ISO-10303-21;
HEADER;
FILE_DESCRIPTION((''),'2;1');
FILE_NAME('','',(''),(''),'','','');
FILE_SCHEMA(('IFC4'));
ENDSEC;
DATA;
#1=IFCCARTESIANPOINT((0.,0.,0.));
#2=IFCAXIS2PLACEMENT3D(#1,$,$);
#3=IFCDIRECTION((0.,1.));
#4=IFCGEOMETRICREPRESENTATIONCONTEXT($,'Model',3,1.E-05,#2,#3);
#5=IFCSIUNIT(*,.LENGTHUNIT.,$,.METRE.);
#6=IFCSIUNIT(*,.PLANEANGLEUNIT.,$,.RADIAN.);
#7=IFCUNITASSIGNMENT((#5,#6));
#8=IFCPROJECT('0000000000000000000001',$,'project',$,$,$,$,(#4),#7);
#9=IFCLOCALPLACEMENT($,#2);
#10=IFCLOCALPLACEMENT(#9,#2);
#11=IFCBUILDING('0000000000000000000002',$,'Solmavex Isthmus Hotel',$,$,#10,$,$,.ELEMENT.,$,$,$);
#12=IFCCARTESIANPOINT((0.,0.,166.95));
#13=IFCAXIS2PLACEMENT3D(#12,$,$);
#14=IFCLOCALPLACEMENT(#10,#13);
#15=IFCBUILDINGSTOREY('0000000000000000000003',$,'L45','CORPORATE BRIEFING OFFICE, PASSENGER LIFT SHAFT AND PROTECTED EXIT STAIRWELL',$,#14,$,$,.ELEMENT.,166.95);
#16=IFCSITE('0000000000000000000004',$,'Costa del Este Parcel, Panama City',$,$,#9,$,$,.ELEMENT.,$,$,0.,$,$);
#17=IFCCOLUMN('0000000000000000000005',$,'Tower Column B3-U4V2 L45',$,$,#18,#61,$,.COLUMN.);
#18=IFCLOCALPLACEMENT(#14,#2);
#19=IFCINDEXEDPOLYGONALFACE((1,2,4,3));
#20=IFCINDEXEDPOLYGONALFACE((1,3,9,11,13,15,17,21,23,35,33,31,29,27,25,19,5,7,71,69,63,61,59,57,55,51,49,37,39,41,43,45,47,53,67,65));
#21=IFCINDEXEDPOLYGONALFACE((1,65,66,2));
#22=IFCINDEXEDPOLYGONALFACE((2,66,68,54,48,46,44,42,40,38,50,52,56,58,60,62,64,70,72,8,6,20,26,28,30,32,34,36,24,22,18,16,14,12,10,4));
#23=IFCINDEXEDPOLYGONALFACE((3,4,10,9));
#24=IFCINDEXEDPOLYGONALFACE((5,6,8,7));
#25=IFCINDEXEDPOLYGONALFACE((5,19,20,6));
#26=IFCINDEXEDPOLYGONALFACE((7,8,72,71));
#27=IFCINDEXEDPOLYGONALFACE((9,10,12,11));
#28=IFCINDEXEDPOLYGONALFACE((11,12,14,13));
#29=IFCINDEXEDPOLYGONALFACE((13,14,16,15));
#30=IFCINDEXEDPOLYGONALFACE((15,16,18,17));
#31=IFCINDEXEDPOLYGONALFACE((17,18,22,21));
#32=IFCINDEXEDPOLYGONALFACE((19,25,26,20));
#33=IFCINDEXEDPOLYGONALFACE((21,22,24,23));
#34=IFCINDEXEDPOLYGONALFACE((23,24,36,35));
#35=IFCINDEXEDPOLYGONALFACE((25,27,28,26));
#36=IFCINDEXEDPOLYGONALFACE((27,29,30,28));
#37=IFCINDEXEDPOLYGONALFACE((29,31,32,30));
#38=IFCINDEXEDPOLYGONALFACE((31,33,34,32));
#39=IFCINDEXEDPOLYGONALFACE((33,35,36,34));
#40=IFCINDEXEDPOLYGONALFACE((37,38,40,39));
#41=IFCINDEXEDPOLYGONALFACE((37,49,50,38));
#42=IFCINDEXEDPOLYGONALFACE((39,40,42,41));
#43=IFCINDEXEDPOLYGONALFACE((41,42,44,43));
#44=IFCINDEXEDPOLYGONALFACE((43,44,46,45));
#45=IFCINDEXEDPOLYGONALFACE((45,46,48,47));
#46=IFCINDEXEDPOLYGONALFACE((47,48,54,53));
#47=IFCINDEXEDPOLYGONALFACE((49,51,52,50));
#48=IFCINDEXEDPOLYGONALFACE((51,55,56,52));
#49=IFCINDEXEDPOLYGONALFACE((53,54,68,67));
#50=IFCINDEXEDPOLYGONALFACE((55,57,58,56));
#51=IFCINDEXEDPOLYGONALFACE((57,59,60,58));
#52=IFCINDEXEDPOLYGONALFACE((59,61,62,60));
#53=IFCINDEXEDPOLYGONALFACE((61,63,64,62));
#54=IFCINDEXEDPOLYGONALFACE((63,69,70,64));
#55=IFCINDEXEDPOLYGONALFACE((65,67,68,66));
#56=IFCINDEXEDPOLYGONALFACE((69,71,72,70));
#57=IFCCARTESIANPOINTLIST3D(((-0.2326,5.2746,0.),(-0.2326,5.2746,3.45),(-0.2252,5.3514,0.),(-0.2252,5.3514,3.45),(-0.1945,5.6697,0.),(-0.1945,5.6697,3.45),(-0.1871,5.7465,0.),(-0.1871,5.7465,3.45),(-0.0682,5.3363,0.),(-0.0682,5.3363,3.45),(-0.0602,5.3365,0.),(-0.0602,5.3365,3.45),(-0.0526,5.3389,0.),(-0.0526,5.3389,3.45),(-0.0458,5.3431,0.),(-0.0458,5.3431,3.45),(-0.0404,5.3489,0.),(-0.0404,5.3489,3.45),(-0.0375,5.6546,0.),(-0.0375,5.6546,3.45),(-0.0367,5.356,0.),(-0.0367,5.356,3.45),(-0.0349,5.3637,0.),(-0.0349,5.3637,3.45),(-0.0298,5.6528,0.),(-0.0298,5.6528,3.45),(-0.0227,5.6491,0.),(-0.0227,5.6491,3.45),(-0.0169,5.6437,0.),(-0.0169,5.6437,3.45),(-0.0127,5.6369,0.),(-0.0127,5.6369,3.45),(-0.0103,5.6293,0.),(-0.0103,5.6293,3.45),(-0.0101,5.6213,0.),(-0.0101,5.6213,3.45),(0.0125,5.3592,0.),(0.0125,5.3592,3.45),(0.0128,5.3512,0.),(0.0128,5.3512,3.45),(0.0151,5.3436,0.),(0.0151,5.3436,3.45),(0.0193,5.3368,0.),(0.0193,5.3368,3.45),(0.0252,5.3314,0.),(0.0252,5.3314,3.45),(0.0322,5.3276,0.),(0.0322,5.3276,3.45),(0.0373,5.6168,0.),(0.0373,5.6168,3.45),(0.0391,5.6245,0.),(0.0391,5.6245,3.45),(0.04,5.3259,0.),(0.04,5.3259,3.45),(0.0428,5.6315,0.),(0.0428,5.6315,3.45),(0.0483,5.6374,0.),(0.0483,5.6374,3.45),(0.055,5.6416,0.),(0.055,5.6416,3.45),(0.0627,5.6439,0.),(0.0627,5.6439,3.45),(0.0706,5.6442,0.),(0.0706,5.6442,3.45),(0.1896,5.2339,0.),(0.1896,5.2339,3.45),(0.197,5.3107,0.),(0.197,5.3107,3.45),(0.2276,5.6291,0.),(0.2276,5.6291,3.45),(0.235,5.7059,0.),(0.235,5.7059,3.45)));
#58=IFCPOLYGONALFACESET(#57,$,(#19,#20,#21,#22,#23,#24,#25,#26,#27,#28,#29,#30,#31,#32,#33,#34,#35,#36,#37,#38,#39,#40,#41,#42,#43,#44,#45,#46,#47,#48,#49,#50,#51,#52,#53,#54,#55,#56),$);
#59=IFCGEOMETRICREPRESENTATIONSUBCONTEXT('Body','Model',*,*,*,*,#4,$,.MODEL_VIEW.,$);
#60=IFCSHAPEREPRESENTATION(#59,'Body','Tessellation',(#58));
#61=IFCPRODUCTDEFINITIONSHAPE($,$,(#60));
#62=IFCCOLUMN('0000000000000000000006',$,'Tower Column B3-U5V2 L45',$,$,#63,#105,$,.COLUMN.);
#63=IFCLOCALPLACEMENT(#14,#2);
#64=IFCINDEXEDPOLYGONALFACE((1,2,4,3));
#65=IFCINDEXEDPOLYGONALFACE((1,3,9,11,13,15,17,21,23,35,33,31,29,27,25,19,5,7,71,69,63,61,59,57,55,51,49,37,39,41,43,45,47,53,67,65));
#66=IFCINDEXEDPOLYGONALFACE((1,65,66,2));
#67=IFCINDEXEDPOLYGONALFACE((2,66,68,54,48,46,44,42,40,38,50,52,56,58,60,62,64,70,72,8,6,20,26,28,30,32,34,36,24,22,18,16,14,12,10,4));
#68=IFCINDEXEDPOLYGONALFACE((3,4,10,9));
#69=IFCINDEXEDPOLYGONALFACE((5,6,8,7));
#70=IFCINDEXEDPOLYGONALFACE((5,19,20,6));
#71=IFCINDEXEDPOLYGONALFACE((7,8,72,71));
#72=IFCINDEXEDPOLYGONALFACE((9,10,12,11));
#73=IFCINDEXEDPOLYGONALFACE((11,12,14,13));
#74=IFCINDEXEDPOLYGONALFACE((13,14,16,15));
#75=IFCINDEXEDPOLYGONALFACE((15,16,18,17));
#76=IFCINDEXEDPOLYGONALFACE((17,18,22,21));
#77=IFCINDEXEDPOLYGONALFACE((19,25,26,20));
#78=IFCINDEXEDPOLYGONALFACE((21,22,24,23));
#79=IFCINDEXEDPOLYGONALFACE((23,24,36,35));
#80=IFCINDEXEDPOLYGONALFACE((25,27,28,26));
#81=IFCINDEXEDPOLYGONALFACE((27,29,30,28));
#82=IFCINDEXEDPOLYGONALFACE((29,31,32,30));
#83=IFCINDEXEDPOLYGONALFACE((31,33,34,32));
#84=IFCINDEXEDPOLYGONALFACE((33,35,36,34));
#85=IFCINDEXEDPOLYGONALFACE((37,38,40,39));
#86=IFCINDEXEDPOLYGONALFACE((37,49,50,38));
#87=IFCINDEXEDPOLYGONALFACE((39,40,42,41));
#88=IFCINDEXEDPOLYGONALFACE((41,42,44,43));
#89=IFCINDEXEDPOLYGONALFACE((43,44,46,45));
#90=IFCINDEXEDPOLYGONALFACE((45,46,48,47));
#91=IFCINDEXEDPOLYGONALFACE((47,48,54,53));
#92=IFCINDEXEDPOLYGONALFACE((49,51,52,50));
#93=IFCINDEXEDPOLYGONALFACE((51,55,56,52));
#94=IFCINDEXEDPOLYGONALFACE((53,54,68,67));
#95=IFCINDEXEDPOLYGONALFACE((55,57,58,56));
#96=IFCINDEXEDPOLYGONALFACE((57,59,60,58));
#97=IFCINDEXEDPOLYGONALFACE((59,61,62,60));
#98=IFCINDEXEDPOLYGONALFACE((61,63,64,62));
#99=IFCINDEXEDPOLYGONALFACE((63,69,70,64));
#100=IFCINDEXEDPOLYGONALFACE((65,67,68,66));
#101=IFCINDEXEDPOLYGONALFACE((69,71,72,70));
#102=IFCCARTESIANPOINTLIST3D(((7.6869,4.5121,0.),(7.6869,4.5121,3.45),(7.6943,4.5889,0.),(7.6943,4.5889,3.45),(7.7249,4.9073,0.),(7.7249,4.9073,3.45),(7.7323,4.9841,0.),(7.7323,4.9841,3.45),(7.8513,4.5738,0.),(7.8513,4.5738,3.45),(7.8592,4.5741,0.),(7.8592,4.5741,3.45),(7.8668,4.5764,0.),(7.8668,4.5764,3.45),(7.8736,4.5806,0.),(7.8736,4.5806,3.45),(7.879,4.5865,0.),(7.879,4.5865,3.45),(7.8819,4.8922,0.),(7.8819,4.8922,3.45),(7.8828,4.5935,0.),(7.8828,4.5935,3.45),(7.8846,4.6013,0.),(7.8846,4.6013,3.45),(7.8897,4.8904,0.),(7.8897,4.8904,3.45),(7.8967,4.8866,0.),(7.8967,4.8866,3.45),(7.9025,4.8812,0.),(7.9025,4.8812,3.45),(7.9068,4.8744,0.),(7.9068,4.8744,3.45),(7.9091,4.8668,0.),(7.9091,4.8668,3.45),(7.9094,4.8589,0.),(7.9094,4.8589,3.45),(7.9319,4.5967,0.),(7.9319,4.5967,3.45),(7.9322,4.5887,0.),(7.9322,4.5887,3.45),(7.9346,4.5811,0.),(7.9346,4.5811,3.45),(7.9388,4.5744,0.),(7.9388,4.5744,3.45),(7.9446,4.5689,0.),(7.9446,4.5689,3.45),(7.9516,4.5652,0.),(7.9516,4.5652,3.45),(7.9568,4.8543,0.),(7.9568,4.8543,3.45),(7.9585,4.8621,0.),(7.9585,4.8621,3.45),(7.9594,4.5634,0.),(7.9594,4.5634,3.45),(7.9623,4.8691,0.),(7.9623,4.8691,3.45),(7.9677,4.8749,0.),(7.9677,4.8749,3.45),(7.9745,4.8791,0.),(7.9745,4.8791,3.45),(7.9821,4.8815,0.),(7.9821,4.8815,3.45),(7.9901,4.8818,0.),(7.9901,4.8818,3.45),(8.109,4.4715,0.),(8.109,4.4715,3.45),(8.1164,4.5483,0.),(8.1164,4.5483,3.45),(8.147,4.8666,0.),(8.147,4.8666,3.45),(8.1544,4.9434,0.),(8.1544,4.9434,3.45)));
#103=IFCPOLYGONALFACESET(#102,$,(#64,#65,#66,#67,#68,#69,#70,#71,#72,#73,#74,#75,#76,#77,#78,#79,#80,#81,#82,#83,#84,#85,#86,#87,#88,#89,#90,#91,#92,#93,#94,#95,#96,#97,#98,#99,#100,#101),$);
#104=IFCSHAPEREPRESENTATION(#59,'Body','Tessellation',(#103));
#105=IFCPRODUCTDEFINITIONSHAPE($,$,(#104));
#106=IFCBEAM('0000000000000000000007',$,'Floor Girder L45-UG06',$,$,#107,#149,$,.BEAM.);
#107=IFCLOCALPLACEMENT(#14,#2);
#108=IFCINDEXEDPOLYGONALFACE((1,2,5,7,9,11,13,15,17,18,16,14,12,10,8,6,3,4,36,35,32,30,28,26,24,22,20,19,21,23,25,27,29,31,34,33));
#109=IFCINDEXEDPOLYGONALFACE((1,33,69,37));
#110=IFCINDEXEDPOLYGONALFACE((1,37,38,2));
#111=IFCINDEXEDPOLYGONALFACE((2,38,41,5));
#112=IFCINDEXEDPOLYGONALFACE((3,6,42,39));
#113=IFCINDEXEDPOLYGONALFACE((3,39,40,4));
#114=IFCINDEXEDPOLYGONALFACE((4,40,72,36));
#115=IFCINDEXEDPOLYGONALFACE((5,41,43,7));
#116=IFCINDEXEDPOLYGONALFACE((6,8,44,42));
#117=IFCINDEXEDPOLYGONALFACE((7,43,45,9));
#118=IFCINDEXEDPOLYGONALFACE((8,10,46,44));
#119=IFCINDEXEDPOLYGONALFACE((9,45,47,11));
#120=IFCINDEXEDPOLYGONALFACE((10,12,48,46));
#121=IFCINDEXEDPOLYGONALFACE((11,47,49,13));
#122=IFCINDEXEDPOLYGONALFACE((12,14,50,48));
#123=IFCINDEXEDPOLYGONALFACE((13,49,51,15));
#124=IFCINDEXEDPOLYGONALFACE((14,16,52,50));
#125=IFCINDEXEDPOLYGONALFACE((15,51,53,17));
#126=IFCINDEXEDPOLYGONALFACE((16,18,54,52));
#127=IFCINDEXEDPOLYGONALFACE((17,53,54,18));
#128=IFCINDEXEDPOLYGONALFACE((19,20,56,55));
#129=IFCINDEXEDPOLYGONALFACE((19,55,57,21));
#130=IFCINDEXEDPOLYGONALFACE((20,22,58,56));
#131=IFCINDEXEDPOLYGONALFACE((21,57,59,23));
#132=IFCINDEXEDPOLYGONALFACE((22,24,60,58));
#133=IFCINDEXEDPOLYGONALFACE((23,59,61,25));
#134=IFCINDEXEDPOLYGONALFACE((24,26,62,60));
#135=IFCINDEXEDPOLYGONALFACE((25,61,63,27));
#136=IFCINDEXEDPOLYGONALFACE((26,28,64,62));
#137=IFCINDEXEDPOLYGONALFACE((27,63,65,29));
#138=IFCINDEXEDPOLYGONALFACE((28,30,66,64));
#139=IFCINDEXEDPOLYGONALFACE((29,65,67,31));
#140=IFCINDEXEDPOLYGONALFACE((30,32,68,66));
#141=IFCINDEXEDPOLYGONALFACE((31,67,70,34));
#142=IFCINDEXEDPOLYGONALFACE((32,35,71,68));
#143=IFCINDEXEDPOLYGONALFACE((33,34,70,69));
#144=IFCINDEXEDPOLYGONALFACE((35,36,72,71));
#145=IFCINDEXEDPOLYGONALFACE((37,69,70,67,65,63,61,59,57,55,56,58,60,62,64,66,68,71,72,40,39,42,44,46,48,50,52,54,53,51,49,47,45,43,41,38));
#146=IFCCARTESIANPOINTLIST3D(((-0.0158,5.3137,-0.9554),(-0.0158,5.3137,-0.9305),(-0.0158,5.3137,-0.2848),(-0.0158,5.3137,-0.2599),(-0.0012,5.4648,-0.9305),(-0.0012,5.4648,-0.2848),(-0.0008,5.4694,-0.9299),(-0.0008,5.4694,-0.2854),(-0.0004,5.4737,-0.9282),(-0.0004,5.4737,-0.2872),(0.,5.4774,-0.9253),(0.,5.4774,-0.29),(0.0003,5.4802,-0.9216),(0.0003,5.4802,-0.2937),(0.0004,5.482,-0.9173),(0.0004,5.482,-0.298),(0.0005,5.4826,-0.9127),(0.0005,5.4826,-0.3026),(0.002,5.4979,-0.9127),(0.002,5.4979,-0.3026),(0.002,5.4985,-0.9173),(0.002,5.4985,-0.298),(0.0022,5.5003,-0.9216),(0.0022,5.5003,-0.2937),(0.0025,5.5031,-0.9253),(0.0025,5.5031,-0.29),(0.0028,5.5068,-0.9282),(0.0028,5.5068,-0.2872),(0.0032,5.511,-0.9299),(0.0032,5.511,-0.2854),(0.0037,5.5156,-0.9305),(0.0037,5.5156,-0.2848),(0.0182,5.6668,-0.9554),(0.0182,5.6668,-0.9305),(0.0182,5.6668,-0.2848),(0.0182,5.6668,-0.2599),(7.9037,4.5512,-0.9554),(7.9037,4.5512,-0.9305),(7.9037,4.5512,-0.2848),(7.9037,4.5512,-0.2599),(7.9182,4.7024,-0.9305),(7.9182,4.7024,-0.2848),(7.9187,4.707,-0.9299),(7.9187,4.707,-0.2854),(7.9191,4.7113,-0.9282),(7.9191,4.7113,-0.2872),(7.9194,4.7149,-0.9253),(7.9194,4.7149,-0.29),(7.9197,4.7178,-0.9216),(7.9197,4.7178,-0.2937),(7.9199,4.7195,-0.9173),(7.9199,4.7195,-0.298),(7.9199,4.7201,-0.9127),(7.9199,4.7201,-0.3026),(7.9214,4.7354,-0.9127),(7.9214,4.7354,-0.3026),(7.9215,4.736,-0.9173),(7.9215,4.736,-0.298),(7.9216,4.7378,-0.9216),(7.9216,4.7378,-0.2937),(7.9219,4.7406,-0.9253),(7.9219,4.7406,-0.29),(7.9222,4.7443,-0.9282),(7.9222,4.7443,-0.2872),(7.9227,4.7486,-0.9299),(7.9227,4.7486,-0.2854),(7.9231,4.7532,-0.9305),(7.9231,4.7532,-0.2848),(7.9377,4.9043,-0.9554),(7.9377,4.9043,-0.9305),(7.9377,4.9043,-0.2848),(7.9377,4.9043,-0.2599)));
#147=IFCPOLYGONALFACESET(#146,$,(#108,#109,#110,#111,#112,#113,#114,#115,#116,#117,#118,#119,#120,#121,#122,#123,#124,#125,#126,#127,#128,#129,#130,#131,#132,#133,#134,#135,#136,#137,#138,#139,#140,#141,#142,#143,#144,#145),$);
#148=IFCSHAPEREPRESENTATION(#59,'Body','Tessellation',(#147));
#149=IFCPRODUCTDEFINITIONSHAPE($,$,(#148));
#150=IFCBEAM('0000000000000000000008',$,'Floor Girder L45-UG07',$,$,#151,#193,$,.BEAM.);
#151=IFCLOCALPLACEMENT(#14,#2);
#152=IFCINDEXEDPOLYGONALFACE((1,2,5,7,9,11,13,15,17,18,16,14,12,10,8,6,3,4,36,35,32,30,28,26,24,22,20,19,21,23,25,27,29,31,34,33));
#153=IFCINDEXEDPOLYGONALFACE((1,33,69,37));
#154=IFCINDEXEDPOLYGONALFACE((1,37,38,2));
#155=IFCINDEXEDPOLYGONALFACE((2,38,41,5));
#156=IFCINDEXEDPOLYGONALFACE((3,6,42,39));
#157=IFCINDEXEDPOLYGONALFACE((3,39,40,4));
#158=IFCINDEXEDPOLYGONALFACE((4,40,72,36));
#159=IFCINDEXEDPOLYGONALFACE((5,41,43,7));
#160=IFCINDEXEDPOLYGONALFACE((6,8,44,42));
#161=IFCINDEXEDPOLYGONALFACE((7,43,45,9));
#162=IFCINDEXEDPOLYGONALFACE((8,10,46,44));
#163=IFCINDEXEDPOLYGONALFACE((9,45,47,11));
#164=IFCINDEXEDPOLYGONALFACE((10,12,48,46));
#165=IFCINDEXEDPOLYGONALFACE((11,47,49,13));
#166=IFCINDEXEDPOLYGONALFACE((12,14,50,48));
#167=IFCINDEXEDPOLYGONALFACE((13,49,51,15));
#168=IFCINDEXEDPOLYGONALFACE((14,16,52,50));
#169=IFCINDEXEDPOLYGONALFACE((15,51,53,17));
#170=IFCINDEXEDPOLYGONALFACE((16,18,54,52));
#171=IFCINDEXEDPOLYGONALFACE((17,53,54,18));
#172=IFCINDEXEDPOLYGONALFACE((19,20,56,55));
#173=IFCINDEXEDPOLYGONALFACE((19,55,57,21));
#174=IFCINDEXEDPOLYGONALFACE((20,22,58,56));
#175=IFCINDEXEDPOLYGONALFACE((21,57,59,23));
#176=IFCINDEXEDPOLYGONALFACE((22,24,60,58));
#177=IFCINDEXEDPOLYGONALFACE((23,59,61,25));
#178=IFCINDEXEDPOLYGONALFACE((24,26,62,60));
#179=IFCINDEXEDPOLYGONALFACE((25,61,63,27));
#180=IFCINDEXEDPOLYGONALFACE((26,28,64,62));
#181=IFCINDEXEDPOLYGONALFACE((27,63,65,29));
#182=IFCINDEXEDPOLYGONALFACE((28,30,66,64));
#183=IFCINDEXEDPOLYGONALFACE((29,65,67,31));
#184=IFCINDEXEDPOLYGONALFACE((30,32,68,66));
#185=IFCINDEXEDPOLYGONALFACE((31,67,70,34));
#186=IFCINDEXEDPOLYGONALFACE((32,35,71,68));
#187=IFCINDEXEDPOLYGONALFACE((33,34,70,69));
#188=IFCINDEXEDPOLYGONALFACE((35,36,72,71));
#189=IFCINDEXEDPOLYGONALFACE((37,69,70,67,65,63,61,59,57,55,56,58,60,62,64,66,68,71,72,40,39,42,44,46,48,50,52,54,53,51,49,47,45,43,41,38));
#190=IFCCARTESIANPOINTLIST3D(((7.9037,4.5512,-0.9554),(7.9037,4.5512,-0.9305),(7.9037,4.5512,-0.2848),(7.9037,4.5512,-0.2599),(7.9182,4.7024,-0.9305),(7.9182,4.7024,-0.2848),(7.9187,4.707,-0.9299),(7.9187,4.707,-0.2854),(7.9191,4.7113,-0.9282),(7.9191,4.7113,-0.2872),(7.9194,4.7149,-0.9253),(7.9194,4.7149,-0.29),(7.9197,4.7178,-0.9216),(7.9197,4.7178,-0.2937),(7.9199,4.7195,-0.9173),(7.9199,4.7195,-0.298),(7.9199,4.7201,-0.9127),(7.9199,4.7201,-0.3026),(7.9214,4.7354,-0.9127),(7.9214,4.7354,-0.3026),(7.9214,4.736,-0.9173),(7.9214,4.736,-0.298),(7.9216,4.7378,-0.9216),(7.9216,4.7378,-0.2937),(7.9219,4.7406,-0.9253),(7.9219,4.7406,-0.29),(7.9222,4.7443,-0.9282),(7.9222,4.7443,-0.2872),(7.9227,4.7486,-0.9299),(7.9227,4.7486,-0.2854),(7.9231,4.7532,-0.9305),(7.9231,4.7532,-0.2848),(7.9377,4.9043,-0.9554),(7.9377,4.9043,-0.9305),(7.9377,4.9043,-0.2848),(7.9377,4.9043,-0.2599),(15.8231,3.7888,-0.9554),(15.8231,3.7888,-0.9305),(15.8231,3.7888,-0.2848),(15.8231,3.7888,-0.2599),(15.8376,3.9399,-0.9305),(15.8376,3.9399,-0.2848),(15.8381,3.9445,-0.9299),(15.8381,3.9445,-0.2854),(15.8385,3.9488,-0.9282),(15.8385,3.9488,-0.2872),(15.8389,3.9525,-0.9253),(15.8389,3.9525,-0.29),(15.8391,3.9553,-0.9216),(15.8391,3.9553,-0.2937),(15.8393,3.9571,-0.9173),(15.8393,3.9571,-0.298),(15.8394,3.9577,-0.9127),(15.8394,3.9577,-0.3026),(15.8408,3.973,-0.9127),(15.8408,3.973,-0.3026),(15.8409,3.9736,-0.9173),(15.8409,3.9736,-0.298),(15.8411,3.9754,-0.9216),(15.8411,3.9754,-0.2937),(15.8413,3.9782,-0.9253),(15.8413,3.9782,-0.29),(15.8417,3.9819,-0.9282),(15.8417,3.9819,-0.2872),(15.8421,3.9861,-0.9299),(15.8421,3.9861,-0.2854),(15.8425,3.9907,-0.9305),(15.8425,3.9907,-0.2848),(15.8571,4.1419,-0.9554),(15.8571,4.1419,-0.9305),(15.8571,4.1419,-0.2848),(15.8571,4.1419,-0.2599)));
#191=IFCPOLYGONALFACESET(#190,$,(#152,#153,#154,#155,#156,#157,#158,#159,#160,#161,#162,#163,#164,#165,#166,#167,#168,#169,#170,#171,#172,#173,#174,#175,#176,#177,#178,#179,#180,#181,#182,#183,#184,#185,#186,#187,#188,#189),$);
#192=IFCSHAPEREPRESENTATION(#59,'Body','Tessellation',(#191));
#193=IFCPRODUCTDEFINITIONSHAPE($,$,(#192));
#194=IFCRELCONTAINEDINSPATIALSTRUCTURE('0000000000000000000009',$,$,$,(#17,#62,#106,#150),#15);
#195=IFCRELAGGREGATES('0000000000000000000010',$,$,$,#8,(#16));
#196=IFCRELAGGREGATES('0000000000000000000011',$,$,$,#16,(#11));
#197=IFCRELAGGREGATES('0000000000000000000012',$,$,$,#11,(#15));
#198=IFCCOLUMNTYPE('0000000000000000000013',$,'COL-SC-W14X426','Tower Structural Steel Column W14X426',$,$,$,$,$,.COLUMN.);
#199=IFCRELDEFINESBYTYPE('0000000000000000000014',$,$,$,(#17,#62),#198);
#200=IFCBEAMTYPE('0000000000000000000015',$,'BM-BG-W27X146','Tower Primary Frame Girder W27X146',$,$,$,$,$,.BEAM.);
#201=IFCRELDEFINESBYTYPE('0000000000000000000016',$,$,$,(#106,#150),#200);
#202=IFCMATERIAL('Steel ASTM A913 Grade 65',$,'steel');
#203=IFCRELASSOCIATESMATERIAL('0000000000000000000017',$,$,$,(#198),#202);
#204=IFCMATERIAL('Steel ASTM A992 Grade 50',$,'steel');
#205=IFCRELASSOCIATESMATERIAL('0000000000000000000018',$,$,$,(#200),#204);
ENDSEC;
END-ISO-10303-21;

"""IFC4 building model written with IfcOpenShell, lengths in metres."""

from ifc_helpers import new_model, si_unit, direction, frame, origin, origin_2d, place, context, subcontext, project, spatial, i_section, extrude, material, material_profile, profile_set, type_object, element, save


model = new_model("IFC4")

# Units and contexts
model_context = context("Model", 3, precision=1e-05, world=origin(), true_north=direction((0.0, 1.0)))
body_context = subcontext(model_context, "Body", "Model", "MODEL_VIEW")
ifc_project = project(units=[si_unit("LENGTHUNIT", "METRE"), si_unit("PLANEANGLEUNIT", "RADIAN")], contexts=[model_context])

# Site, building, storey
site_placement = place(None, origin())
site = spatial("IfcSite", under=ifc_project, at=site_placement, Name="Costa del Este Parcel, Panama City", CompositionType="ELEMENT", RefElevation=0.0)
building_placement = place(site_placement, origin())
building = spatial("IfcBuilding", under=site, at=building_placement, Name="Solmavex Isthmus Hotel", CompositionType="ELEMENT")
storey_placement = place(building_placement, frame((0.0, 0.0, 166.95)))
storey = spatial("IfcBuildingStorey", under=building, at=storey_placement, Name="L45", Description="CORPORATE BRIEFING OFFICE, PASSENGER LIFT SHAFT AND PROTECTED EXIT STAIRWELL", CompositionType="ELEMENT", Elevation=166.95)

# Columns
ifc_material_1 = material(Name="Steel ASTM A913 Grade 65", Category="steel")
ifc_material_profile_1 = material_profile(ifc_material_1, i_section(OverallWidth=0.4241, OverallDepth=0.4741, WebThickness=0.0476, FlangeThickness=0.0771, FilletRadius=0.0305, at=origin_2d()), Name="W14X426")
ifc_profile_set_1 = profile_set([ifc_material_profile_1], Name="Steel ASTM A913 Grade 65")
column_type = type_object("IfcColumnType", Name="COL-SC-W14X426", Description="Tower Structural Steel Column W14X426", PredefinedType="COLUMN", material=ifc_profile_set_1)
for number, where, z_axis, x_axis, name in (
    (1, (0.0012, 5.4902, 0.0), (0.0, 0.0, 1.0), (0.995396, -0.095846, 0.0), "Tower Column B3-U4V2 L45"),
    (2, (7.9207, 4.7278, 0.0), (0.0, 0.0, 1.0), (0.995396, -0.095846, 0.0), "Tower Column B3-U5V2 L45"),
):
    element("IfcColumn", number, at=place(storey_placement, frame(where, z_axis=z_axis, x_axis=x_axis)), inside=storey, type_object=column_type, Name=name, PredefinedType="COLUMN", context=body_context, shape_type="SweptSolid", body=[
        extrude(i_section(OverallWidth=0.4241, OverallDepth=0.4741, WebThickness=0.0476, FlangeThickness=0.0771, FilletRadius=0.0305, at=origin_2d()), origin(), (0.0, 0.0, 1.0), 3.45),
    ])

# Beams
ifc_material_2 = material(Name="Steel ASTM A992 Grade 50", Category="steel")
ifc_material_profile_2 = material_profile(ifc_material_2, i_section(OverallWidth=0.3547, OverallDepth=0.6956, WebThickness=0.0154, FlangeThickness=0.0249, FilletRadius=0.0178, at=origin_2d()), Name="W27X146")
ifc_profile_set_2 = profile_set([ifc_material_profile_2], Name="Steel ASTM A992 Grade 50")
beam_type_1 = type_object("IfcBeamType", Name="BM-BG-W27X146", Description="Tower Primary Frame Girder W27X146", PredefinedType="BEAM", material=ifc_profile_set_2)
for number, where, z_axis, x_axis, name in (
    (3, (0.0012, 5.4902, -0.6077), (0.995397, -0.095833, 0.0), (0.095833, 0.995397, 0.0), "Floor Girder L45-UG06"),
    (4, (7.9207, 4.7278, -0.6077), (0.995397, -0.095833, 0.0), (0.095833, 0.995397, 0.0), "Floor Girder L45-UG07"),
):
    element("IfcBeam", number, at=place(storey_placement, frame(where, z_axis=z_axis, x_axis=x_axis)), inside=storey, type_object=beam_type_1, Name=name, PredefinedType="BEAM", context=body_context, shape_type="SweptSolid", body=[
        extrude(i_section(OverallWidth=0.3547, OverallDepth=0.6956, WebThickness=0.0154, FlangeThickness=0.0249, FilletRadius=0.0178, at=origin_2d()), origin(), (0.0, 0.0, 1.0), 7.9561),
    ])

save(model, "model.ifc")
